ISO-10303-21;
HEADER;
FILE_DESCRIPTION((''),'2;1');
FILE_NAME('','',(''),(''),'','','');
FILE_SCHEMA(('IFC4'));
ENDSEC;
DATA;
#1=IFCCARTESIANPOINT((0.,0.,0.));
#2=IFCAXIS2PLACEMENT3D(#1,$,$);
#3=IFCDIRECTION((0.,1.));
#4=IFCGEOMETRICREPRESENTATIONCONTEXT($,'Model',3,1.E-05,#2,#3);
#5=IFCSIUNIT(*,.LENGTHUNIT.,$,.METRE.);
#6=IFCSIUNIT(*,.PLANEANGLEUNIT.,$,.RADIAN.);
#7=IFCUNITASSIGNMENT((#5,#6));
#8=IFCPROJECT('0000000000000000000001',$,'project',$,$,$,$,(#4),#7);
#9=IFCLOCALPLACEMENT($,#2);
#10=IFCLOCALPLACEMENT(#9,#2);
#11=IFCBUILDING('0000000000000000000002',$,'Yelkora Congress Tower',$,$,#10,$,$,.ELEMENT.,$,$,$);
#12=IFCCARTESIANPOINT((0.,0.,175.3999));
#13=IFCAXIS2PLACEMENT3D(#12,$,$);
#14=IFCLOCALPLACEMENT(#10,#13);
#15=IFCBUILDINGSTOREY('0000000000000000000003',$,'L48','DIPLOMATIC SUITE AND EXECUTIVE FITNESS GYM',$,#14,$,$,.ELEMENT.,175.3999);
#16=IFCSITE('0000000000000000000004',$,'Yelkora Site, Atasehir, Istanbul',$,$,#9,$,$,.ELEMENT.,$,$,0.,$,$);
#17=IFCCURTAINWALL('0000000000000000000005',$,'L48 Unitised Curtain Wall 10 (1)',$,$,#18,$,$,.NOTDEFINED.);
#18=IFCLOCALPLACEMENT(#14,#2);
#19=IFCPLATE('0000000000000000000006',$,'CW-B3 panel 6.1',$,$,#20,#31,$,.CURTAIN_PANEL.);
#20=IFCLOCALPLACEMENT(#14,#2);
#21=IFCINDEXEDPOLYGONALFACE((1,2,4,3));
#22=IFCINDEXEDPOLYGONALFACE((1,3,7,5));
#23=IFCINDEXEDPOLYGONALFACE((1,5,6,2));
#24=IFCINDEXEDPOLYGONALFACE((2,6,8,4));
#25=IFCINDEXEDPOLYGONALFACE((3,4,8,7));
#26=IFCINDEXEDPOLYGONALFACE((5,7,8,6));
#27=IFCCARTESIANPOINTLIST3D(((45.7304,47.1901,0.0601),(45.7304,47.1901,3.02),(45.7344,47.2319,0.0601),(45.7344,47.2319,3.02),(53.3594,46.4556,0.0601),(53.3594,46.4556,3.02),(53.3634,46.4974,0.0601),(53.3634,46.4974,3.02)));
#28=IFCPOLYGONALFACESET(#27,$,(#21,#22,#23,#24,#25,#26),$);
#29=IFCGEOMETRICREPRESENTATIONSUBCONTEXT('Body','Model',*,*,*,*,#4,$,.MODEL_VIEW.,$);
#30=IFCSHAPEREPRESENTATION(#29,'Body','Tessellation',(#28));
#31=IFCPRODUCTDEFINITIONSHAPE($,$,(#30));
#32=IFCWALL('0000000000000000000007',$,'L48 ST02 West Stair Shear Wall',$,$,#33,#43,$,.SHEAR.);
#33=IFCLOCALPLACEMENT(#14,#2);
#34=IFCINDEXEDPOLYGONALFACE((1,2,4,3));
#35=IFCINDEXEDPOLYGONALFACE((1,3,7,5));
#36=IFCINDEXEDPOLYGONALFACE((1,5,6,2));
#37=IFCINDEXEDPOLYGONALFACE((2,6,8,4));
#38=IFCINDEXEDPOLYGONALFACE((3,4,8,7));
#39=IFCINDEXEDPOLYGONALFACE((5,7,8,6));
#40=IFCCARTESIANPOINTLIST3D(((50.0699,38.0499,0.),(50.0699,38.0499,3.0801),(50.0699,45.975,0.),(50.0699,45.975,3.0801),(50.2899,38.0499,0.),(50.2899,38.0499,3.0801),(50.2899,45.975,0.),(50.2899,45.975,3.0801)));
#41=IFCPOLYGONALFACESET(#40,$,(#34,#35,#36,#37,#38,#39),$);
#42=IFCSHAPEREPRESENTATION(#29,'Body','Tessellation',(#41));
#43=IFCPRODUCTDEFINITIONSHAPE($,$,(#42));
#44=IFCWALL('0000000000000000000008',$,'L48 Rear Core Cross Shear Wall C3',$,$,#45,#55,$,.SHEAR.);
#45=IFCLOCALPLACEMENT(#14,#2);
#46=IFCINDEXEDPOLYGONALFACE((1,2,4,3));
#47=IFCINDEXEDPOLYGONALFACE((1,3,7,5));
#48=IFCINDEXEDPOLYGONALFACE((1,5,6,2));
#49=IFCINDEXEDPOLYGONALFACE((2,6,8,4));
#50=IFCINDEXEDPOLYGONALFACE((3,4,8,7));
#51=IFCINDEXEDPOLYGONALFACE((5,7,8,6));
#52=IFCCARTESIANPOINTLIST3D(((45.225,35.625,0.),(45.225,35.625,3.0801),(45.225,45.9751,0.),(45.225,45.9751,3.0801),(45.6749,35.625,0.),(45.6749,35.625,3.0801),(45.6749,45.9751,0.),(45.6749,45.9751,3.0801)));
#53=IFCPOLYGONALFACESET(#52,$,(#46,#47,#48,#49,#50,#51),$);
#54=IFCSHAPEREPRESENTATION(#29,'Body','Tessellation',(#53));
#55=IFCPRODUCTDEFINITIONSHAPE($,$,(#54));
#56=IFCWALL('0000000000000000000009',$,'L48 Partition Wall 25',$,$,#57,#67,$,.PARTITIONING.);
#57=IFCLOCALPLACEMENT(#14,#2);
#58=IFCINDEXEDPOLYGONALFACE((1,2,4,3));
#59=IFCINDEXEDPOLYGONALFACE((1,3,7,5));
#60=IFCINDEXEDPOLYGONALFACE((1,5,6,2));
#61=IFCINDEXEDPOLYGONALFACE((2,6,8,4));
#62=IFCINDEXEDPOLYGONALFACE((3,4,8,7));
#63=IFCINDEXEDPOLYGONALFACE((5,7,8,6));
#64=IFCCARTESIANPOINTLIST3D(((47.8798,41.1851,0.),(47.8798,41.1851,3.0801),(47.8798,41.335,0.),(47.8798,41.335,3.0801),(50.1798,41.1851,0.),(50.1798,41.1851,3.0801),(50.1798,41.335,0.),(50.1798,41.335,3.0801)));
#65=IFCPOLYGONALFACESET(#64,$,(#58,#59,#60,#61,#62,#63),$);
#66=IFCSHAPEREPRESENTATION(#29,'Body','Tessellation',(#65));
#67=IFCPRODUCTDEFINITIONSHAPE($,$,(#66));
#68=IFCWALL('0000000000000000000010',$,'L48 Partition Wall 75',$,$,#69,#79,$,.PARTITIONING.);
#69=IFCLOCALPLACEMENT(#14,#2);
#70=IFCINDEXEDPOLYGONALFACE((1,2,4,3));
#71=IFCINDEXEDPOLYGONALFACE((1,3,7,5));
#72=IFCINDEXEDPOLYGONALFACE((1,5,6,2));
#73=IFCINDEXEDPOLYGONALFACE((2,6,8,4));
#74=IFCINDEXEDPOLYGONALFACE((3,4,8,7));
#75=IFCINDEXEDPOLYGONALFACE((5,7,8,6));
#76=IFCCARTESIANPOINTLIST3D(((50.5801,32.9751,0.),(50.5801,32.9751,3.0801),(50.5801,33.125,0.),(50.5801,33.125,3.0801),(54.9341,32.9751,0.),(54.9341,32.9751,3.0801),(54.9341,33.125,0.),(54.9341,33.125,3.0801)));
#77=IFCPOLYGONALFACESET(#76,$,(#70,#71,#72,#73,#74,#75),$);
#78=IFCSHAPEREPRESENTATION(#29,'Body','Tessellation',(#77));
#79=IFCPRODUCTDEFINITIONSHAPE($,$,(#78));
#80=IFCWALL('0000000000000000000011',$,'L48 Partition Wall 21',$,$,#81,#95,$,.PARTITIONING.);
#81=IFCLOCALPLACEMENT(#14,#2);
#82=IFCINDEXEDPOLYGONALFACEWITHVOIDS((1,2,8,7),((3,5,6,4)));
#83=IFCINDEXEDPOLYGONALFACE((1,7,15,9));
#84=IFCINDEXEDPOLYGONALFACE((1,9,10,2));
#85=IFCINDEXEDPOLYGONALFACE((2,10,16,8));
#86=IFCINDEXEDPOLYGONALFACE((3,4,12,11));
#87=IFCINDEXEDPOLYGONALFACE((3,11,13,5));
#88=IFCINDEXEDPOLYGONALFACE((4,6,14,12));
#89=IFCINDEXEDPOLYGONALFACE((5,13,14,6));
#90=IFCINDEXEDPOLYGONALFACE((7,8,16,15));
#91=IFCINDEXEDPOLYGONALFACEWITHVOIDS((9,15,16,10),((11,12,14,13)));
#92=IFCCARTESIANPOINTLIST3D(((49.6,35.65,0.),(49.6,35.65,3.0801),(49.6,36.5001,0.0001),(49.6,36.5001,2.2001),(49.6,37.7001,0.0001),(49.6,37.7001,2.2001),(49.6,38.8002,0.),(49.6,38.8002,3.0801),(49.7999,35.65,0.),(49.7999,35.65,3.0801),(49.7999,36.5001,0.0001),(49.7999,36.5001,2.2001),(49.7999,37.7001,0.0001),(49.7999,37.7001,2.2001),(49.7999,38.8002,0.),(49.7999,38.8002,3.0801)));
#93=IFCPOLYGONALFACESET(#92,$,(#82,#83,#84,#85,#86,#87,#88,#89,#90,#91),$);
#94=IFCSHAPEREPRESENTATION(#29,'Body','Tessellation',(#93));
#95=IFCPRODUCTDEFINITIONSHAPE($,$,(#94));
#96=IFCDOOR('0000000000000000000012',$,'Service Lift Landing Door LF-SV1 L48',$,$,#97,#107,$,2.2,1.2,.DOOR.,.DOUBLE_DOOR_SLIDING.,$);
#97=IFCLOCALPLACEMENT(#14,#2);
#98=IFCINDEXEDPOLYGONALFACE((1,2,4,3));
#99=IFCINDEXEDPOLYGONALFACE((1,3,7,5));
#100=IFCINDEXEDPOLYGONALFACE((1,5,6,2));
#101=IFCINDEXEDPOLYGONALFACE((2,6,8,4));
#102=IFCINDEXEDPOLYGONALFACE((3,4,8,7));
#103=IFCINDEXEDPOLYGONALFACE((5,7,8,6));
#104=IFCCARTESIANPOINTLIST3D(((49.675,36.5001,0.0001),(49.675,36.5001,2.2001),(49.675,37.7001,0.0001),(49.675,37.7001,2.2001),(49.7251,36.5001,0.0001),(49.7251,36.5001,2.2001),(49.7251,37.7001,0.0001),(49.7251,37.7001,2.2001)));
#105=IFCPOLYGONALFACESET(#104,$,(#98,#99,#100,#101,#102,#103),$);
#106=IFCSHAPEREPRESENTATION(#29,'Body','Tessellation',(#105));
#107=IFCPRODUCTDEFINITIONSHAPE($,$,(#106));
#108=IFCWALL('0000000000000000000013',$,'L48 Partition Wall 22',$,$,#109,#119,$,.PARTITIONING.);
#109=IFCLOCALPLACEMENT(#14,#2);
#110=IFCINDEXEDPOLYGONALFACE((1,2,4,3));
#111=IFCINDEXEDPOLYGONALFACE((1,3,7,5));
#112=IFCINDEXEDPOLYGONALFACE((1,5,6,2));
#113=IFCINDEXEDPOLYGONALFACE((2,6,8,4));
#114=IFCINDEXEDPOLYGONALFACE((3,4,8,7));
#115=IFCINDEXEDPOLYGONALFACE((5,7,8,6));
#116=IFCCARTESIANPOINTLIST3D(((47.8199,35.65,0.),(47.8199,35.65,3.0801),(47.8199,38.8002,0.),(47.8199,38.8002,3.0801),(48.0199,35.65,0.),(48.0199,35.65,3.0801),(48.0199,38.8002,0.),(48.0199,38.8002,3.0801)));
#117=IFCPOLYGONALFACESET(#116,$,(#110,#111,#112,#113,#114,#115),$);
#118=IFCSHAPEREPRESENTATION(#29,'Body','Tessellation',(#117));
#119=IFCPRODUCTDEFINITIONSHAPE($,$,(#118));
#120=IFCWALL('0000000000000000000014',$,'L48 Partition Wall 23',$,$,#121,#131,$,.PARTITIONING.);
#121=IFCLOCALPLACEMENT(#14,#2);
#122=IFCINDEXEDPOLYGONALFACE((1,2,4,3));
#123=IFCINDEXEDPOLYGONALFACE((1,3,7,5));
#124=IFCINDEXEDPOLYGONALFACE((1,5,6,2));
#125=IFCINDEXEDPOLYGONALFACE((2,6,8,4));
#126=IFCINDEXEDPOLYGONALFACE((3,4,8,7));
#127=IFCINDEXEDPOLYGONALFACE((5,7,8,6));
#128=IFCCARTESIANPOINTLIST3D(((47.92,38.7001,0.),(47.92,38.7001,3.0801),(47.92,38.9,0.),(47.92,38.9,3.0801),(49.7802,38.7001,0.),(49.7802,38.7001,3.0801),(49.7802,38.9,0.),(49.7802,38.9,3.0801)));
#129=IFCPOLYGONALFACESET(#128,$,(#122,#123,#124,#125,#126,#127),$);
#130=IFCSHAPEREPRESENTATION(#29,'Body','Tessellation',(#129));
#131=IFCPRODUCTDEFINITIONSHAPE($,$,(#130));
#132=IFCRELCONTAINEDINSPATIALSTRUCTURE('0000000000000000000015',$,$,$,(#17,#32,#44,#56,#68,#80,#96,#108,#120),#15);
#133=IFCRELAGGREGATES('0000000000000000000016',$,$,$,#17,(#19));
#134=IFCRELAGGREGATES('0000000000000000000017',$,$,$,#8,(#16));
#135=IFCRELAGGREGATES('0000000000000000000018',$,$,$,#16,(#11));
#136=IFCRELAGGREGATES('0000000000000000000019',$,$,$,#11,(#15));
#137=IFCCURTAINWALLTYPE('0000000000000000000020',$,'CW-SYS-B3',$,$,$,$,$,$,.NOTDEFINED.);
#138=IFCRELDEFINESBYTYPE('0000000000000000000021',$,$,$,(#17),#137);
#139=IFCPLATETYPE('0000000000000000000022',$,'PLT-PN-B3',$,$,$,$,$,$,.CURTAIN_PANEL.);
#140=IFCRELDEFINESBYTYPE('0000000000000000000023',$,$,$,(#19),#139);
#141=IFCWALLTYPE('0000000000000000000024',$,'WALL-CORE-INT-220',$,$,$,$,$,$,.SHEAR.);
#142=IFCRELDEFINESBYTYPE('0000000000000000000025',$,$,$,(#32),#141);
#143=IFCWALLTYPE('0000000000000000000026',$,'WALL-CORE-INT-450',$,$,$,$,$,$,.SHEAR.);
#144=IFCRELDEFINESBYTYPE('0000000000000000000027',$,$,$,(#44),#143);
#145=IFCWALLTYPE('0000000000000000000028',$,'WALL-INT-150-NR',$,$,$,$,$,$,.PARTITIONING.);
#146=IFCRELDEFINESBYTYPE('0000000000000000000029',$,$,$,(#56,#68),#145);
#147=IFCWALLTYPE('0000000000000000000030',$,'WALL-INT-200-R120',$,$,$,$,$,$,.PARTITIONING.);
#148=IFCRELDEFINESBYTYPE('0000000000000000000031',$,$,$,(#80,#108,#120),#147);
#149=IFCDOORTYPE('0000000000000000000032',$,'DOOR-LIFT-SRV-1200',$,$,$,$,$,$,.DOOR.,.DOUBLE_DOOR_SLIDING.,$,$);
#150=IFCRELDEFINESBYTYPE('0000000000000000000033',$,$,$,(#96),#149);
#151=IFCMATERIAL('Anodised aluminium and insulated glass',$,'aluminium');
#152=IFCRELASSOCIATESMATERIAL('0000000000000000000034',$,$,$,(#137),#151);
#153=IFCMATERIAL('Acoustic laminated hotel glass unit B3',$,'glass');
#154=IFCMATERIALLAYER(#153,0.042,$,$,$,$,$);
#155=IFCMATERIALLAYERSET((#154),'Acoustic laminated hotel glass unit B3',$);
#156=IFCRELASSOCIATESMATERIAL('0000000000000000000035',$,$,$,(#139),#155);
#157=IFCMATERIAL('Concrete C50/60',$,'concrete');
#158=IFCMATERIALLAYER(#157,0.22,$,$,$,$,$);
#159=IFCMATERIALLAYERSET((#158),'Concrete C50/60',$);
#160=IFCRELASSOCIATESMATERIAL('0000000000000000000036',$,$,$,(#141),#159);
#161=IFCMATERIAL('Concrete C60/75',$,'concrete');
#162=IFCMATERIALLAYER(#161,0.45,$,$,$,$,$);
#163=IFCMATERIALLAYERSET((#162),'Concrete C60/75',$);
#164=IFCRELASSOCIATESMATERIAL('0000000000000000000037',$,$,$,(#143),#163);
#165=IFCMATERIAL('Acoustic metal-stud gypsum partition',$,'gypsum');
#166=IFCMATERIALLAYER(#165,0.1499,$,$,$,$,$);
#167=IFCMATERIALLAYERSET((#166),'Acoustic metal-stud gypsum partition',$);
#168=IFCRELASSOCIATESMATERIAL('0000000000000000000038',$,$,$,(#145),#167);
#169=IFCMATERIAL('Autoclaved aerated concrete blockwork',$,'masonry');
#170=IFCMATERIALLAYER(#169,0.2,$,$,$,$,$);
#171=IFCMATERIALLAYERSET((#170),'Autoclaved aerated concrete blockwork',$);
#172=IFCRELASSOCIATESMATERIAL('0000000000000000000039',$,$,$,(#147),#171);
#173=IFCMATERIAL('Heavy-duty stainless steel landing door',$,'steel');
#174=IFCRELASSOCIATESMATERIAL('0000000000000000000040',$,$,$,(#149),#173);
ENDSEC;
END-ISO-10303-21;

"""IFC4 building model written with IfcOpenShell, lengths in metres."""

from ifc_helpers import new_model, si_unit, direction, frame, frame_2d, origin, origin_2d, place, context, subcontext, project, spatial, rectangle, extrude, material, layer, layer_set, type_object, element, fill, aggregate, save


model = new_model("IFC4")

# Units and contexts
model_context = context("Model", 3, precision=1e-05, world=origin(), true_north=direction((0.0, 1.0)))
body_context = subcontext(model_context, "Body", "Model", "MODEL_VIEW")
ifc_project = project(units=[si_unit("LENGTHUNIT", "METRE"), si_unit("PLANEANGLEUNIT", "RADIAN")], contexts=[model_context])

# Site, building, storey
site_placement = place(None, origin())
site = spatial("IfcSite", under=ifc_project, at=site_placement, Name="Yelkora Site, Atasehir, Istanbul", CompositionType="ELEMENT", RefElevation=0.0)
building_placement = place(site_placement, origin())
building = spatial("IfcBuilding", under=site, at=building_placement, Name="Yelkora Congress Tower", CompositionType="ELEMENT")
storey_placement = place(building_placement, frame((0.0, 0.0, 175.3999)))
storey = spatial("IfcBuildingStorey", under=building, at=storey_placement, Name="L48", Description="DIPLOMATIC SUITE AND EXECUTIVE FITNESS GYM", CompositionType="ELEMENT", Elevation=175.3999)

# Curtain wall, plate
ifc_material_1 = material(Name="Anodised aluminium and insulated glass", Category="aluminium")
curtain_wall_type = type_object("IfcCurtainWallType", Name="CW-SYS-B3", PredefinedType="NOTDEFINED", material=ifc_material_1)
curtain_wall_placement = place(storey_placement, origin())
curtain_wall = element("IfcCurtainWall", 1, at=curtain_wall_placement, inside=storey, type_object=curtain_wall_type, Name="L48 Unitised Curtain Wall 10 (1)", PredefinedType="NOTDEFINED")
ifc_material_2 = material(Name="Acoustic laminated hotel glass unit B3", Category="glass")
ifc_layer_1 = layer(ifc_material_2, 0.042)
ifc_layer_set_1 = layer_set([ifc_layer_1], Name="Acoustic laminated hotel glass unit B3")
plate_type = type_object("IfcPlateType", Name="PLT-PN-B3", PredefinedType="CURTAIN_PANEL", material=ifc_layer_set_1)
plate_placement = place(storey_placement, frame((49.5469, 46.8438, 0.0601), z_axis=(0.0, 0.0, 1.0), x_axis=(0.995396, -0.095845, 0.0)))
plate = element("IfcPlate", 2, at=plate_placement, type_object=plate_type, Name="CW-B3 panel 6.1", PredefinedType="CURTAIN_PANEL", context=body_context, shape_type="SweptSolid", body=[
    extrude(rectangle(XDim=7.6643, YDim=0.042, at=origin_2d()), origin(), (0.0, 0.0, 1.0), 2.96),
])
aggregate(curtain_wall, [plate])

# Walls
ifc_material_3 = material(Name="Concrete C50/60", Category="concrete")
ifc_layer_2 = layer(ifc_material_3, 0.22)
ifc_layer_set_2 = layer_set([ifc_layer_2], Name="Concrete C50/60")
wall_type_1 = type_object("IfcWallType", Name="WALL-CORE-INT-220", PredefinedType="SHEAR", material=ifc_layer_set_2)
wall_1_placement = place(storey_placement, frame((50.1799, 38.05, 0.0), z_axis=(0.0, 0.0, 1.0), x_axis=(0.0, 1.0, 0.0)))
element("IfcWall", 3, at=wall_1_placement, inside=storey, type_object=wall_type_1, Name="L48 ST02 West Stair Shear Wall", PredefinedType="SHEAR", context=body_context, shape_type="SweptSolid", body=[
    extrude(rectangle(XDim=7.925, YDim=0.22, at=frame_2d((3.9624, 0.0))), origin(), (0.0, 0.0, 1.0), 3.0801),
])
ifc_material_4 = material(Name="Concrete C60/75", Category="concrete")
ifc_layer_3 = layer(ifc_material_4, 0.45)
ifc_layer_set_3 = layer_set([ifc_layer_3], Name="Concrete C60/75")
wall_type_2 = type_object("IfcWallType", Name="WALL-CORE-INT-450", PredefinedType="SHEAR", material=ifc_layer_set_3)
wall_2_placement = place(storey_placement, frame((45.45, 35.625, 0.0), z_axis=(0.0, 0.0, 1.0), x_axis=(0.0, 1.0, 0.0)))
element("IfcWall", 4, at=wall_2_placement, inside=storey, type_object=wall_type_2, Name="L48 Rear Core Cross Shear Wall C3", PredefinedType="SHEAR", context=body_context, shape_type="SweptSolid", body=[
    extrude(rectangle(XDim=10.3501, YDim=0.45, at=frame_2d((5.175, 0.0))), origin(), (0.0, 0.0, 1.0), 3.0801),
])

# Shared definitions
ifc_material_5 = material(Name="Acoustic metal-stud gypsum partition", Category="gypsum")
ifc_layer_4 = layer(ifc_material_5, 0.1499)
ifc_layer_set_4 = layer_set([ifc_layer_4], Name="Acoustic metal-stud gypsum partition")
wall_type_3 = type_object("IfcWallType", Name="WALL-INT-150-NR", PredefinedType="PARTITIONING", material=ifc_layer_set_4)

# Wall
wall_3_placement = place(storey_placement, frame((47.8799, 41.26, 0.0), z_axis=(0.0, 0.0, 1.0), x_axis=(1.0, 0.0, 0.0)))
element("IfcWall", 5, at=wall_3_placement, inside=storey, type_object=wall_type_3, Name="L48 Partition Wall 25", PredefinedType="PARTITIONING", context=body_context, shape_type="SweptSolid", body=[
    extrude(rectangle(XDim=2.3, YDim=0.1499, at=frame_2d((1.1499, 0.0))), origin(), (0.0, 0.0, 1.0), 3.0801),
])

# Wall
wall_4_placement = place(storey_placement, frame((50.5801, 33.05, 0.0), z_axis=(0.0, 0.0, 1.0), x_axis=(1.0, 0.0, 0.0)))
element("IfcWall", 6, at=wall_4_placement, inside=storey, type_object=wall_type_3, Name="L48 Partition Wall 75", PredefinedType="PARTITIONING", context=body_context, shape_type="SweptSolid", body=[
    extrude(rectangle(XDim=4.354, YDim=0.1499, at=frame_2d((2.177, 0.0))), origin(), (0.0, 0.0, 1.0), 3.0801),
])

# Wall, opening, door
ifc_material_6 = material(Name="Autoclaved aerated concrete blockwork", Category="masonry")
ifc_layer_5 = layer(ifc_material_6, 0.2)
ifc_layer_set_5 = layer_set([ifc_layer_5], Name="Autoclaved aerated concrete blockwork")
wall_type_4 = type_object("IfcWallType", Name="WALL-INT-200-R120", PredefinedType="PARTITIONING", material=ifc_layer_set_5)
wall_5_placement = place(storey_placement, frame((49.7, 35.6499, 0.0), z_axis=(0.0, 0.0, 1.0), x_axis=(0.0, 1.0, 0.0)))
wall_5 = element("IfcWall", 7, at=wall_5_placement, inside=storey, type_object=wall_type_4, Name="L48 Partition Wall 21", PredefinedType="PARTITIONING", context=body_context, shape_type="SweptSolid", body=[
    extrude(rectangle(XDim=3.1501, YDim=0.2, at=frame_2d((1.5752, 0.0))), origin(), (0.0, 0.0, 1.0), 3.0801),
])
opening_1_placement = place(wall_5_placement, frame((0.8501, 0.0, 0.0)))
opening_1 = element("IfcOpeningElement", 8, at=opening_1_placement, cuts=wall_5, PredefinedType="OPENING", context=body_context, shape_type="SweptSolid", body=[
    extrude(rectangle(XDim=1.2, YDim=2.2, at=frame_2d((0.6001, 1.1001))), frame((0.0, 0.1099, 0.0), z_axis=(0.0, -1.0, 0.0), x_axis=(1.0, 0.0, 0.0)), (0.0, 0.0, 1.0), 0.22),
])
ifc_material_7 = material(Name="Heavy-duty stainless steel landing door", Category="steel")
door_type_1 = type_object("IfcDoorType", Name="DOOR-LIFT-SRV-1200", OperationType="DOUBLE_DOOR_SLIDING", PredefinedType="DOOR", material=ifc_material_7)
door_1_placement = place(opening_1_placement, origin())
door_1 = element("IfcDoor", 9, at=door_1_placement, inside=storey, type_object=door_type_1, Name="Service Lift Landing Door LF-SV1 L48", OperationType="DOUBLE_DOOR_SLIDING", OverallHeight=2.2, OverallWidth=1.2, PredefinedType="DOOR", context=body_context, shape_type="SweptSolid", body=[
    extrude(rectangle(XDim=1.2, YDim=2.2, at=frame_2d((0.6001, 1.1001))), frame((0.0, 0.0249, 0.0), z_axis=(0.0, -1.0, 0.0), x_axis=(1.0, 0.0, 0.0)), (0.0, 0.0, 1.0), 0.05),
])
fill(opening_1, door_1)

# Walls
wall_6_placement = place(storey_placement, frame((47.9199, 35.6499, 0.0), z_axis=(0.0, 0.0, 1.0), x_axis=(0.0, 1.0, 0.0)))
element("IfcWall", 10, at=wall_6_placement, inside=storey, type_object=wall_type_4, Name="L48 Partition Wall 22", PredefinedType="PARTITIONING", context=body_context, shape_type="SweptSolid", body=[
    extrude(rectangle(XDim=3.1501, YDim=0.2, at=frame_2d((1.5752, 0.0))), origin(), (0.0, 0.0, 1.0), 3.0801),
])
wall_7_placement = place(storey_placement, frame((47.9199, 38.8, 0.0), z_axis=(0.0, 0.0, 1.0), x_axis=(1.0, 0.0, 0.0)))
element("IfcWall", 11, at=wall_7_placement, inside=storey, type_object=wall_type_4, Name="L48 Partition Wall 23", PredefinedType="PARTITIONING", context=body_context, shape_type="SweptSolid", body=[
    extrude(rectangle(XDim=1.8601, YDim=0.2, at=frame_2d((0.9302, 0.0))), origin(), (0.0, 0.0, 1.0), 3.0801),
])

save(model, "model.ifc")
